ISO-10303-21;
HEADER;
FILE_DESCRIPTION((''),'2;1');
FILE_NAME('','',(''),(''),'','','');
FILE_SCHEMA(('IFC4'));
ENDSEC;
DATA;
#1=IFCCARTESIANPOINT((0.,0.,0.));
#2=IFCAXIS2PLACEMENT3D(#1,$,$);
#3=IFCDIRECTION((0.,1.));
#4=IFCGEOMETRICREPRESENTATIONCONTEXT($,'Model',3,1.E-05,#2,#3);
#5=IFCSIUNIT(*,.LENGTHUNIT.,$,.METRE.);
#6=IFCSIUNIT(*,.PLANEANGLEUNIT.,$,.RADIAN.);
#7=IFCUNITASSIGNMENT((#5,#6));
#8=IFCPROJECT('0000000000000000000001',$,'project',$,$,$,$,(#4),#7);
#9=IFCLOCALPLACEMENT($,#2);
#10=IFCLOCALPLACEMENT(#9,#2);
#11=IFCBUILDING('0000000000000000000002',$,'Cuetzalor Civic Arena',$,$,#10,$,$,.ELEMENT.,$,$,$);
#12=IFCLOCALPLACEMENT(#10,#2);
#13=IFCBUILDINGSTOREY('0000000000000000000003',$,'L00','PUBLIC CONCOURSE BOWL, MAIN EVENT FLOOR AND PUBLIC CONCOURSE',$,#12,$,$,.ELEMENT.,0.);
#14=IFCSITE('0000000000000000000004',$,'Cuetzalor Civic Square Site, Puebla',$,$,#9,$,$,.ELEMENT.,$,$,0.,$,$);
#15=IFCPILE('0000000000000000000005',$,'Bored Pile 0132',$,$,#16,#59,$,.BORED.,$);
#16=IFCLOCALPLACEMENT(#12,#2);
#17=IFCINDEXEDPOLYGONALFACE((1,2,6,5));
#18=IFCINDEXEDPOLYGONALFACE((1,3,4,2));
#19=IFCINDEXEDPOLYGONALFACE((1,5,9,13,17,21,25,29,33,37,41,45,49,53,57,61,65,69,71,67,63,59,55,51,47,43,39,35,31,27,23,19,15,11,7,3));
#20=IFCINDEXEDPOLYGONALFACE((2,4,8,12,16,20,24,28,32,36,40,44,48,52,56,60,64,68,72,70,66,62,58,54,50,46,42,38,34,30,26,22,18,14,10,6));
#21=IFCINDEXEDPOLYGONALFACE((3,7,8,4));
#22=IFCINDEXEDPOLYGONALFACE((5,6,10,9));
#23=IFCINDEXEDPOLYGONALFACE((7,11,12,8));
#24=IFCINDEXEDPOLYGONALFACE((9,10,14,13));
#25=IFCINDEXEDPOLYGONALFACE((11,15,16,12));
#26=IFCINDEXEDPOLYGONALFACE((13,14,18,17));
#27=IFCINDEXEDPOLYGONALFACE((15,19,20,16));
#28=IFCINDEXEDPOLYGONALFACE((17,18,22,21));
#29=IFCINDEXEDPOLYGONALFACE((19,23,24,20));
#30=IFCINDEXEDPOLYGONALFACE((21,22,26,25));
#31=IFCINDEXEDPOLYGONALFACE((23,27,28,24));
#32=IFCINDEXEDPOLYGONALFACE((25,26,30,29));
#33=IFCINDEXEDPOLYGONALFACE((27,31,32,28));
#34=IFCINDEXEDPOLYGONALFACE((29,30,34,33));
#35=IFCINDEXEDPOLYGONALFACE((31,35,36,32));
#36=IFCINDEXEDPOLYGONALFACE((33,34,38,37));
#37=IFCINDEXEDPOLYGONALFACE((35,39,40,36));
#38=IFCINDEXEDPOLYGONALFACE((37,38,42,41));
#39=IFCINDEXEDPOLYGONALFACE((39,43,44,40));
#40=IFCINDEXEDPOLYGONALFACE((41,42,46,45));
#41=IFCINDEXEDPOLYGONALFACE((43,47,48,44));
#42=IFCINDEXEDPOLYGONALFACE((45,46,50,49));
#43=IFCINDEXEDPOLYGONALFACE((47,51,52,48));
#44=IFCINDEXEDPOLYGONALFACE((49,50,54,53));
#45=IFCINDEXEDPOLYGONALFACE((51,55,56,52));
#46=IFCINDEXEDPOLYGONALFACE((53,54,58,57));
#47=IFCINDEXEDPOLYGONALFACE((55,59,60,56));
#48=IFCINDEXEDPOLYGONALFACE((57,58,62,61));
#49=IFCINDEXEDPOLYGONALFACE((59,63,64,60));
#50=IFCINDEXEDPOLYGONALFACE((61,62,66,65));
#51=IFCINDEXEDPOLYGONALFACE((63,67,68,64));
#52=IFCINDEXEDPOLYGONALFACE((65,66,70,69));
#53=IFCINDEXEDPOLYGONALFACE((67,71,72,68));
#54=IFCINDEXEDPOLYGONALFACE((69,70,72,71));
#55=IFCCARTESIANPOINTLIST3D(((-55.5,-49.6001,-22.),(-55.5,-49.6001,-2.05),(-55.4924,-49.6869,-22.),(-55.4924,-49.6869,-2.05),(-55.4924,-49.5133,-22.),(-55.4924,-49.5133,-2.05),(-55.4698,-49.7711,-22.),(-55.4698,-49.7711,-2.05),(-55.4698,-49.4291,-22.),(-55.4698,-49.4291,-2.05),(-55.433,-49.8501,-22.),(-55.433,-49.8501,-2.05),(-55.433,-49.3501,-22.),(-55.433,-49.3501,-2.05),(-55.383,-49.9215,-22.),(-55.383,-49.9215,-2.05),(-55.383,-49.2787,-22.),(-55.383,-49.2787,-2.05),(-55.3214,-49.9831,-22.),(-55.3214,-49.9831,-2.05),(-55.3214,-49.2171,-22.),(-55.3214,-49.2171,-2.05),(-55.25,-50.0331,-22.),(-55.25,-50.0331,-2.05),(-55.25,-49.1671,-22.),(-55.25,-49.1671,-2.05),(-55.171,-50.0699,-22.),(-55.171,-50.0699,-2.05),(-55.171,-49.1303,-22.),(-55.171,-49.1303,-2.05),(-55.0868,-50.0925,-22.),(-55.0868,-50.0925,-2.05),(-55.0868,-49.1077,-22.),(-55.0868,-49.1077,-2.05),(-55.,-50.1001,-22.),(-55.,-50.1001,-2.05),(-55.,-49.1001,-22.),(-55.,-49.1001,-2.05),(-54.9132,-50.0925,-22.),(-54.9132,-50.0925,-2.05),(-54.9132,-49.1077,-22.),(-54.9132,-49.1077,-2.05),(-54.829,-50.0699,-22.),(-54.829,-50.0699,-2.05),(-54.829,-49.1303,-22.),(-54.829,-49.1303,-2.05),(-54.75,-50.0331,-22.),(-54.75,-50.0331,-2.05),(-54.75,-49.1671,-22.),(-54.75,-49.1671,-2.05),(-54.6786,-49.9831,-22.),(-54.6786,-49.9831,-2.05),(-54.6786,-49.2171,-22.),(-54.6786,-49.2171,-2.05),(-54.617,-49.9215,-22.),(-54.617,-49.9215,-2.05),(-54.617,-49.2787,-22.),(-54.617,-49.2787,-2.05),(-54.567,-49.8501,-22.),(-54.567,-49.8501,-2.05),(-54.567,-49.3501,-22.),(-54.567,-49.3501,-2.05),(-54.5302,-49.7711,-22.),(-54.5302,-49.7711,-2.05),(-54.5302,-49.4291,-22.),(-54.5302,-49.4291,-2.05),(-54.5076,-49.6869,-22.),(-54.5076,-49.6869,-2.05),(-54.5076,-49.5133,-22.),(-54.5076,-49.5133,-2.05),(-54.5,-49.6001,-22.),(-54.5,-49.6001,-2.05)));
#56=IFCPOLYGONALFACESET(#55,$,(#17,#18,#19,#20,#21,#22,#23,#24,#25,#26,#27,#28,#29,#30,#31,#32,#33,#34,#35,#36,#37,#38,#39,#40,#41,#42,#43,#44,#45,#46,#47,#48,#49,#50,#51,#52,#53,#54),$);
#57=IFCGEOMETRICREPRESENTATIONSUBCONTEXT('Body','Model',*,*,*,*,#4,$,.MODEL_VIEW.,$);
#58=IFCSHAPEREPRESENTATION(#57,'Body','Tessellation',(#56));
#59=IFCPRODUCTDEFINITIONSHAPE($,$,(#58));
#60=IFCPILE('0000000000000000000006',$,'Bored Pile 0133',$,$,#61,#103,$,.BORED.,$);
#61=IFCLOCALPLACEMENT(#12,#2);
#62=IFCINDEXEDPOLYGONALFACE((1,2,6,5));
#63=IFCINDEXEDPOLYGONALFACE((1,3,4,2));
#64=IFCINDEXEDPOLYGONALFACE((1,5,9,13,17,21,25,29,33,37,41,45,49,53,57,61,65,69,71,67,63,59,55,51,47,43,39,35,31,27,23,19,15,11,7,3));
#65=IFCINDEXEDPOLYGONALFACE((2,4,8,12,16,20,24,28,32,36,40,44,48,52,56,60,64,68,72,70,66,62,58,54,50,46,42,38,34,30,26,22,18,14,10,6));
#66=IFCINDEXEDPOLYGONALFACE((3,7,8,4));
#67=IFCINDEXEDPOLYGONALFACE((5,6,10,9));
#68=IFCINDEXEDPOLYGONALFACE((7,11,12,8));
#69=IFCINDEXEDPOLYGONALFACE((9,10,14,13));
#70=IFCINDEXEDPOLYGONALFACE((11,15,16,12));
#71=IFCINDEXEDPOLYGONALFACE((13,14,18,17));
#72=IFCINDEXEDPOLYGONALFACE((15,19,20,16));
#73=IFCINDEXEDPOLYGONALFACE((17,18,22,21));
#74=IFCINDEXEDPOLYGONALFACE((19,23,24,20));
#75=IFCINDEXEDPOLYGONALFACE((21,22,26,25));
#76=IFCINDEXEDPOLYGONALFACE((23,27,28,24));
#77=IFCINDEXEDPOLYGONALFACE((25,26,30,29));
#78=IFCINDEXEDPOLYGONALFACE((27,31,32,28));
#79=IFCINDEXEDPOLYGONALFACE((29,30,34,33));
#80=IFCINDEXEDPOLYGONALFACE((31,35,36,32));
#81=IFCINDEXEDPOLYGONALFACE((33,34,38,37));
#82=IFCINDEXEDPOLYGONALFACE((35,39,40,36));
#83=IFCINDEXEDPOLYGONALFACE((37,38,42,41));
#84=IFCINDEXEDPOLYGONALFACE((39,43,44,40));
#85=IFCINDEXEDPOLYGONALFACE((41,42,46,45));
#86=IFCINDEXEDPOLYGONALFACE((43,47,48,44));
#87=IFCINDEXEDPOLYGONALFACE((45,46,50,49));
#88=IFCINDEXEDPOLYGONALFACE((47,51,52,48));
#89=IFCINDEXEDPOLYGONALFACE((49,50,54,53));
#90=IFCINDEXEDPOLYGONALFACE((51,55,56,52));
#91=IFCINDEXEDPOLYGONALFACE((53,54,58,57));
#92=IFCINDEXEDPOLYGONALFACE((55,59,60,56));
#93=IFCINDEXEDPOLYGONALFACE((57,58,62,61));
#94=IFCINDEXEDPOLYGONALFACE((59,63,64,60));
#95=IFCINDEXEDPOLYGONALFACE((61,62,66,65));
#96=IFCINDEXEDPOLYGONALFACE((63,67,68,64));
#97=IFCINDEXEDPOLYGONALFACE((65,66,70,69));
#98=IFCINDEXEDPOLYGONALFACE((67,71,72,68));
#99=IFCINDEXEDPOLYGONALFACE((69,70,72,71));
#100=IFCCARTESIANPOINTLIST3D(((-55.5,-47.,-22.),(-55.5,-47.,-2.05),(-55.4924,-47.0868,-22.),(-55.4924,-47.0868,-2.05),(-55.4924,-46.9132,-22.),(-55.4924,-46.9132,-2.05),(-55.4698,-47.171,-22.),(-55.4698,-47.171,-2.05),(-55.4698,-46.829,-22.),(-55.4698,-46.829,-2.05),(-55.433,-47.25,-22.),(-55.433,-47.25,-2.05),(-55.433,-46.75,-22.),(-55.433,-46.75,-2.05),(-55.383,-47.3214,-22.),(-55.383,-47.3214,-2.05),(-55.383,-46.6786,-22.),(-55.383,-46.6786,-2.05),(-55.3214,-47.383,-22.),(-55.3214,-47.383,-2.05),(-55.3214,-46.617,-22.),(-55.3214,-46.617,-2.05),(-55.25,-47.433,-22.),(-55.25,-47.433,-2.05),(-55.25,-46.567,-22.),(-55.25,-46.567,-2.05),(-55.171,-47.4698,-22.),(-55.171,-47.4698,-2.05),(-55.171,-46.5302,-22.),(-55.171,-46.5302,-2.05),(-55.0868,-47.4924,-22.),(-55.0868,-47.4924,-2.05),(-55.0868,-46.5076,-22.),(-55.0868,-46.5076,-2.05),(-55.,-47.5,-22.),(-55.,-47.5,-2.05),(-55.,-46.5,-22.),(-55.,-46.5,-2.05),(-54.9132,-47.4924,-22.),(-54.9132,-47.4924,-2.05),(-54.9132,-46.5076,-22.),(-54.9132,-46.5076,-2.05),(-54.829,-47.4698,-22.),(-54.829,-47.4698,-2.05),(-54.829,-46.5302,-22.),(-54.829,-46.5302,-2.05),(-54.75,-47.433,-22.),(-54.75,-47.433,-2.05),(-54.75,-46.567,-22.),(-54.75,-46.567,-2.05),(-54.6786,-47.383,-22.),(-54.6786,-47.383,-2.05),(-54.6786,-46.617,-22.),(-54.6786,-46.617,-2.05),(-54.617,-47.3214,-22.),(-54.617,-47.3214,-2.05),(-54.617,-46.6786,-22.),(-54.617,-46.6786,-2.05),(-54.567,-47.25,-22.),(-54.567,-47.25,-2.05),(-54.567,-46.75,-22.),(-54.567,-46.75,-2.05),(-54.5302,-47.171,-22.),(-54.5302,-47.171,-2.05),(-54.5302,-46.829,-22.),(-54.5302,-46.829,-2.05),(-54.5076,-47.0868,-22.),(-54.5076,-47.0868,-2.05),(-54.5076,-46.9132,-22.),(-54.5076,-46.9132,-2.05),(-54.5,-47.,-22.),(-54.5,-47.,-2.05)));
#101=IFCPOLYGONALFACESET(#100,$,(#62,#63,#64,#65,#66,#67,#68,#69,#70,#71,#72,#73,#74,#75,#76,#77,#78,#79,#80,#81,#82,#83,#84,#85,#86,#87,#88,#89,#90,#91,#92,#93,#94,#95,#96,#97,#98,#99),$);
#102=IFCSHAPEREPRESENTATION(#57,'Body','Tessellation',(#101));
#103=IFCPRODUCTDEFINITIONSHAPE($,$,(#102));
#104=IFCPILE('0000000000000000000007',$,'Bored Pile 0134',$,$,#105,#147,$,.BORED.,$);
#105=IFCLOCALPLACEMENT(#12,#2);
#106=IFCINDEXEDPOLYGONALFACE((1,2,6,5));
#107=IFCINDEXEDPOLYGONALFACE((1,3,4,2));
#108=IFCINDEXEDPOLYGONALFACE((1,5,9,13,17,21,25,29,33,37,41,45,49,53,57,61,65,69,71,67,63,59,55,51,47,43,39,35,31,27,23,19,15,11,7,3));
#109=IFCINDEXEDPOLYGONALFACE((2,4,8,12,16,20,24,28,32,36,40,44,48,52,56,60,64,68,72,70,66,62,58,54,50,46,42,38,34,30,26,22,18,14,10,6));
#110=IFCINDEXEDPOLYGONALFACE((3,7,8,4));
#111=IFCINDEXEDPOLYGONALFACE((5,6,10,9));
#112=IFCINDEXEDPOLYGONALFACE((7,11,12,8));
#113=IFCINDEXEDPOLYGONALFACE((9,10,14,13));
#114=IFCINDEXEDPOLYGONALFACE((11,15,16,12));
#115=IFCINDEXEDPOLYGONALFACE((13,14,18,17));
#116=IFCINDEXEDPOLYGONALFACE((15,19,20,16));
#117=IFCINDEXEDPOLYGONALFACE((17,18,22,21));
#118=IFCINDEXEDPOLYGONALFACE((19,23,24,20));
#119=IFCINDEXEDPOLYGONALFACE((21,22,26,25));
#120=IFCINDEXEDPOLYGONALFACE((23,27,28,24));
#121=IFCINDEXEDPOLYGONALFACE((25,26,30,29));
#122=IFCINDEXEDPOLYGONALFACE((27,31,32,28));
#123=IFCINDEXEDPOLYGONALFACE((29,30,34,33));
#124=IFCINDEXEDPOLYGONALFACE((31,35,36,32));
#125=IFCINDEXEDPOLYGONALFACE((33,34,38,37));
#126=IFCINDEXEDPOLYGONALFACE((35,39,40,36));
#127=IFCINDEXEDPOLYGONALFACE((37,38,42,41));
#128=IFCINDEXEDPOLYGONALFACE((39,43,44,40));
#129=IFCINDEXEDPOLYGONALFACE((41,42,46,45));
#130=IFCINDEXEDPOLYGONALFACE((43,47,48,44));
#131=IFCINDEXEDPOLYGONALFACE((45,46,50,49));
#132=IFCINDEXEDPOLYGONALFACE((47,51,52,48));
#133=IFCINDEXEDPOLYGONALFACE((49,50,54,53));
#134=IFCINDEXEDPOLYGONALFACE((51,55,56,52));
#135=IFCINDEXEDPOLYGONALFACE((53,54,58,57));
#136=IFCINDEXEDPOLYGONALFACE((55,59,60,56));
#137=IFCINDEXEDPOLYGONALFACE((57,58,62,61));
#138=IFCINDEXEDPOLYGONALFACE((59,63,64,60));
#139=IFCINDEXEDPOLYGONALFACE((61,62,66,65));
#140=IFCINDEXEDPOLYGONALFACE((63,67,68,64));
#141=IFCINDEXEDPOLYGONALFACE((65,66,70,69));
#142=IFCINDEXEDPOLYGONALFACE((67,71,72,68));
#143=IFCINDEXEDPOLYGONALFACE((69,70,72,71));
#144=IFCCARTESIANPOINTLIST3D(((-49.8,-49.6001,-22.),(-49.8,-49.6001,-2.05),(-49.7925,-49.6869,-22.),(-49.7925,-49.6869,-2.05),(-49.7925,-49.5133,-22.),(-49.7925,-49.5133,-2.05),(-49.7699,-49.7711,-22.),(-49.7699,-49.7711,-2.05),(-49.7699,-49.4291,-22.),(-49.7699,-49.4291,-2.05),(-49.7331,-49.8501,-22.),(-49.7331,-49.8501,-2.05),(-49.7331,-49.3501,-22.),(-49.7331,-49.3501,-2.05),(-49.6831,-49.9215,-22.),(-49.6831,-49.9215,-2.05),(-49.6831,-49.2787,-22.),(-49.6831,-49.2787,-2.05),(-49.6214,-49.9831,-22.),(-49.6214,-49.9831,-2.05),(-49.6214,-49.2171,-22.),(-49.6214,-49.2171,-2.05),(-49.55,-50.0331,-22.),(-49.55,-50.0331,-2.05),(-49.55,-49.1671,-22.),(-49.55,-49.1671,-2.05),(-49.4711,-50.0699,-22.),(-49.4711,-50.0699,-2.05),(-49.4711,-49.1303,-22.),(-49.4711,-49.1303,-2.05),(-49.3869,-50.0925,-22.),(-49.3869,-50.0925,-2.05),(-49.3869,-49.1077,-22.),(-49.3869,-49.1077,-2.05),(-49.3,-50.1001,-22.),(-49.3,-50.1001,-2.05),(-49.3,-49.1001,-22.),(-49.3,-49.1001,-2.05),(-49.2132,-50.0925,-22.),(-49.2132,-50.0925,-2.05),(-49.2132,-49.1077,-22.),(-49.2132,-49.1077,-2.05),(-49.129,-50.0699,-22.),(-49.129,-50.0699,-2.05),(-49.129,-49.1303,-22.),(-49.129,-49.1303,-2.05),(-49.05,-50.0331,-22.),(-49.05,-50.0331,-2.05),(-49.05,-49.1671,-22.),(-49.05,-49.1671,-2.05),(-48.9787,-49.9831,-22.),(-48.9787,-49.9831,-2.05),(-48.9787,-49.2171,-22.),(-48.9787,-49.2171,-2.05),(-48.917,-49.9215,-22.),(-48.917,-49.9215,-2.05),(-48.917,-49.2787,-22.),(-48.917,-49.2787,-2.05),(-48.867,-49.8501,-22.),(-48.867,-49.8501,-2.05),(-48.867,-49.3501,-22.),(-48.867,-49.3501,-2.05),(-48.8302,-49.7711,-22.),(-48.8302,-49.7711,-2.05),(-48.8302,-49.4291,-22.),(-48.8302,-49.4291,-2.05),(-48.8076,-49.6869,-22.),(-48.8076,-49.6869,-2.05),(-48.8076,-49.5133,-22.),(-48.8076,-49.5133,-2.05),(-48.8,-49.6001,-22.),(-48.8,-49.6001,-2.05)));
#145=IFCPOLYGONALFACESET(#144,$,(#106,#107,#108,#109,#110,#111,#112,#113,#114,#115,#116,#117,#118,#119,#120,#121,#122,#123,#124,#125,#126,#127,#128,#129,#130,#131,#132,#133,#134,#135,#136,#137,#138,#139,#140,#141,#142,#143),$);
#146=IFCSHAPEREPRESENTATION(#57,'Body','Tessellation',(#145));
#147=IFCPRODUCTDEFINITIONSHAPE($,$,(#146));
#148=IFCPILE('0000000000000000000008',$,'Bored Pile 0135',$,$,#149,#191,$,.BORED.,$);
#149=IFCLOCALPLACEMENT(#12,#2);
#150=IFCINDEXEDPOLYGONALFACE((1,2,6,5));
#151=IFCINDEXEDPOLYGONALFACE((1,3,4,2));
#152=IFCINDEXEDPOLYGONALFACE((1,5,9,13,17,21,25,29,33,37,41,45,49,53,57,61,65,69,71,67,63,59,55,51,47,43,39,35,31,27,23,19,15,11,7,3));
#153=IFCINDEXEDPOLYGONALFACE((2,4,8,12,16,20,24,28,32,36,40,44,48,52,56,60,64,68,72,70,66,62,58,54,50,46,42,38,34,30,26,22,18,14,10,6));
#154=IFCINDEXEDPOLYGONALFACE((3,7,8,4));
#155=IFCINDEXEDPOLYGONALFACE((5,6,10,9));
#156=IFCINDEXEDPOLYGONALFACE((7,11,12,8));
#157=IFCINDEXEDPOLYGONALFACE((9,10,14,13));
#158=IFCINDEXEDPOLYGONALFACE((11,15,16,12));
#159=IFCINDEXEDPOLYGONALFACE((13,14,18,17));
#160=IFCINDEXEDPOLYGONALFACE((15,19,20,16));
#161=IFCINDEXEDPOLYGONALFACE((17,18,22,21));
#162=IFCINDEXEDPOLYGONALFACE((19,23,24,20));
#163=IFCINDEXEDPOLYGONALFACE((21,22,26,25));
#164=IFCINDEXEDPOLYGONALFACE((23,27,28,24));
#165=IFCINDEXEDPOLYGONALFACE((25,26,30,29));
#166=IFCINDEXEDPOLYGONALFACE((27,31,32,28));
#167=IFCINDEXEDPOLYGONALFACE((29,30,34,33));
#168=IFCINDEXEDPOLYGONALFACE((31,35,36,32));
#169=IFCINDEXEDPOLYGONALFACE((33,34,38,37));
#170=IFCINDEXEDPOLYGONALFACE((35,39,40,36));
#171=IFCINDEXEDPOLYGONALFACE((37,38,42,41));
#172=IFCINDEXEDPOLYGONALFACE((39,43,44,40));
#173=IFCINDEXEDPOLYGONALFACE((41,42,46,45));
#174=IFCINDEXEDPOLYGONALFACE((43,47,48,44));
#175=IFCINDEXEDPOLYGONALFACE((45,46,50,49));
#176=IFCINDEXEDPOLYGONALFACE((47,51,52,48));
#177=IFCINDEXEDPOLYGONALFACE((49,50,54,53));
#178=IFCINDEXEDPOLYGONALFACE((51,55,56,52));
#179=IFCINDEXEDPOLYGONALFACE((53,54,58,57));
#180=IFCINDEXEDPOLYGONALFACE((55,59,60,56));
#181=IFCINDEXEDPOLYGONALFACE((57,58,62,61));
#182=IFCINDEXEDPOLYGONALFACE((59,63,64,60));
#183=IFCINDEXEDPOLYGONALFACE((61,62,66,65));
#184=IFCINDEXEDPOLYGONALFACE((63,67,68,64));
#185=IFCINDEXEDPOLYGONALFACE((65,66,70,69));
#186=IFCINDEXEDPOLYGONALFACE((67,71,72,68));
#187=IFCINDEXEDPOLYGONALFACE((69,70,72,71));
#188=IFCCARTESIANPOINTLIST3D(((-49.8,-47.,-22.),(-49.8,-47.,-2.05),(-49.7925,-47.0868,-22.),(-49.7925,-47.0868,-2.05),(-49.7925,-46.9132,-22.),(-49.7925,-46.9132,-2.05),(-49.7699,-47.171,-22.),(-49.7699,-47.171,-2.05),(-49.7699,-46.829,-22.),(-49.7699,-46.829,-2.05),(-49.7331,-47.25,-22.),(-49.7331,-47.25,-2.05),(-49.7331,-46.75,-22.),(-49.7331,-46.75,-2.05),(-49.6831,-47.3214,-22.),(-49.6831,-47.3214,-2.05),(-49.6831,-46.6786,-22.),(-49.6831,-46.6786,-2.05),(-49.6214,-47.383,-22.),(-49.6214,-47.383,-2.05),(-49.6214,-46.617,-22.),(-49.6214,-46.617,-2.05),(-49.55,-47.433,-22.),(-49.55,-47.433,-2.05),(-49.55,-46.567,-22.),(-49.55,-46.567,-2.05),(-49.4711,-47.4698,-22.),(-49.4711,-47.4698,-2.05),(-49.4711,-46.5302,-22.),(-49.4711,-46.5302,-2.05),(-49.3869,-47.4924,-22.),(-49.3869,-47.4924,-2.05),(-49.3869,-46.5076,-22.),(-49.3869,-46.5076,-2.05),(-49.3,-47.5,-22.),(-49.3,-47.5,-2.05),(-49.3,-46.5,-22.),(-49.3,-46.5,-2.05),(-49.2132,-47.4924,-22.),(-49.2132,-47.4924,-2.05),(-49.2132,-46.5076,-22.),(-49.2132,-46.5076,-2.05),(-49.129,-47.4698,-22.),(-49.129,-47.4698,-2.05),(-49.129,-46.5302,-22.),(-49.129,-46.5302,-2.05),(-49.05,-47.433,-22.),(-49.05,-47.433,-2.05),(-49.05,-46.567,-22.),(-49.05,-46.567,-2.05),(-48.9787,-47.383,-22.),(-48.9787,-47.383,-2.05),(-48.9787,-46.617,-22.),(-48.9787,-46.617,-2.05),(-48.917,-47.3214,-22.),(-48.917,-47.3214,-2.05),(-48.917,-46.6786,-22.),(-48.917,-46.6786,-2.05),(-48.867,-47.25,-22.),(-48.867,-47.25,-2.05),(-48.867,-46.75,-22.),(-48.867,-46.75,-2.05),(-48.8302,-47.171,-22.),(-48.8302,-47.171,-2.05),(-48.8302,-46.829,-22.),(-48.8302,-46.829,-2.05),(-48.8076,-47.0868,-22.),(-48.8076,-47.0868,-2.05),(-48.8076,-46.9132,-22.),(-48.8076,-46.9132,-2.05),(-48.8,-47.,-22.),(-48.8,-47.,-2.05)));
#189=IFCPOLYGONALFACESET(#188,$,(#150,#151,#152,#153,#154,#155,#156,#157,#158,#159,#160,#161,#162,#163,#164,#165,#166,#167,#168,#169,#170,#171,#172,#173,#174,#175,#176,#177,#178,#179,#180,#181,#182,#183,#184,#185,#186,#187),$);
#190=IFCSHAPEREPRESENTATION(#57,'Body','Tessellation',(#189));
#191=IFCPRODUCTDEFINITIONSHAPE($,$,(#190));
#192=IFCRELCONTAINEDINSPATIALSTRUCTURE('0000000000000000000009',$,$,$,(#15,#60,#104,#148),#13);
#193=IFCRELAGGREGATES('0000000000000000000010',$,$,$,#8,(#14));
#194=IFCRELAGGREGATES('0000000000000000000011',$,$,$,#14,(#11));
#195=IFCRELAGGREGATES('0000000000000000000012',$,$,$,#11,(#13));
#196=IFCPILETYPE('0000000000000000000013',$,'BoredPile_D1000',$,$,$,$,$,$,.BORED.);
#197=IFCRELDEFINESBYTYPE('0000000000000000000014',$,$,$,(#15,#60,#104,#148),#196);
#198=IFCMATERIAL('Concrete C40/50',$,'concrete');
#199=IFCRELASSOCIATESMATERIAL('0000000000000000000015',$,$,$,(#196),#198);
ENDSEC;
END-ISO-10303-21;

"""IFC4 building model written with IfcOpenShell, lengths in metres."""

from ifc_helpers import new_model, si_unit, direction, frame, origin, origin_2d, place, context, subcontext, project, spatial, circle, extrude, material, material_profile, profile_set, type_object, element, save


model = new_model("IFC4")

# Units and contexts
model_context = context("Model", 3, precision=1e-05, world=origin(), true_north=direction((0.0, 1.0)))
body_context = subcontext(model_context, "Body", "Model", "MODEL_VIEW")
ifc_project = project(units=[si_unit("LENGTHUNIT", "METRE"), si_unit("PLANEANGLEUNIT", "RADIAN")], contexts=[model_context])

# Site, building, storey
site_placement = place(None, origin())
site = spatial("IfcSite", under=ifc_project, at=site_placement, Name="Cuetzalor Civic Square Site, Puebla", CompositionType="ELEMENT", RefElevation=0.0)
building_placement = place(site_placement, origin())
building = spatial("IfcBuilding", under=site, at=building_placement, Name="Cuetzalor Civic Arena", CompositionType="ELEMENT")
storey_placement = place(building_placement, origin())
storey = spatial("IfcBuildingStorey", under=building, at=storey_placement, Name="L00", Description="PUBLIC CONCOURSE BOWL, MAIN EVENT FLOOR AND PUBLIC CONCOURSE", CompositionType="ELEMENT", Elevation=0.0)

# Piles
ifc_material_1 = material(Name="Concrete C40/50", Category="concrete")
ifc_material_profile_1 = material_profile(ifc_material_1, circle(Radius=0.5, at=origin_2d()), Name="BORED PILE D1000")
ifc_profile_set_1 = profile_set([ifc_material_profile_1], Name="Concrete C40/50")
pile_type = type_object("IfcPileType", Name="BoredPile_D1000", PredefinedType="BORED", material=ifc_profile_set_1)
for number, where, z_axis, x_axis, name in (
    (1, (-55.0, -49.6001, -2.05), (0.0, 0.0, -1.0), (1.0, 0.0, 0.0), "Bored Pile 0132"),
    (2, (-55.0, -47.0, -2.05), (0.0, 0.0, -1.0), (1.0, 0.0, 0.0), "Bored Pile 0133"),
    (3, (-49.3, -49.6001, -2.05), (0.0, 0.0, -1.0), (1.0, 0.0, 0.0), "Bored Pile 0134"),
    (4, (-49.3, -47.0, -2.05), (0.0, 0.0, -1.0), (1.0, 0.0, 0.0), "Bored Pile 0135"),
):
    element("IfcPile", number, at=place(storey_placement, frame(where, z_axis=z_axis, x_axis=x_axis)), inside=storey, type_object=pile_type, Name=name, PredefinedType="BORED", context=body_context, shape_type="SweptSolid", body=[
        extrude(circle(Radius=0.5, at=origin_2d()), origin(), (0.0, 0.0, 1.0), 19.95),
    ])

save(model, "model.ifc")
